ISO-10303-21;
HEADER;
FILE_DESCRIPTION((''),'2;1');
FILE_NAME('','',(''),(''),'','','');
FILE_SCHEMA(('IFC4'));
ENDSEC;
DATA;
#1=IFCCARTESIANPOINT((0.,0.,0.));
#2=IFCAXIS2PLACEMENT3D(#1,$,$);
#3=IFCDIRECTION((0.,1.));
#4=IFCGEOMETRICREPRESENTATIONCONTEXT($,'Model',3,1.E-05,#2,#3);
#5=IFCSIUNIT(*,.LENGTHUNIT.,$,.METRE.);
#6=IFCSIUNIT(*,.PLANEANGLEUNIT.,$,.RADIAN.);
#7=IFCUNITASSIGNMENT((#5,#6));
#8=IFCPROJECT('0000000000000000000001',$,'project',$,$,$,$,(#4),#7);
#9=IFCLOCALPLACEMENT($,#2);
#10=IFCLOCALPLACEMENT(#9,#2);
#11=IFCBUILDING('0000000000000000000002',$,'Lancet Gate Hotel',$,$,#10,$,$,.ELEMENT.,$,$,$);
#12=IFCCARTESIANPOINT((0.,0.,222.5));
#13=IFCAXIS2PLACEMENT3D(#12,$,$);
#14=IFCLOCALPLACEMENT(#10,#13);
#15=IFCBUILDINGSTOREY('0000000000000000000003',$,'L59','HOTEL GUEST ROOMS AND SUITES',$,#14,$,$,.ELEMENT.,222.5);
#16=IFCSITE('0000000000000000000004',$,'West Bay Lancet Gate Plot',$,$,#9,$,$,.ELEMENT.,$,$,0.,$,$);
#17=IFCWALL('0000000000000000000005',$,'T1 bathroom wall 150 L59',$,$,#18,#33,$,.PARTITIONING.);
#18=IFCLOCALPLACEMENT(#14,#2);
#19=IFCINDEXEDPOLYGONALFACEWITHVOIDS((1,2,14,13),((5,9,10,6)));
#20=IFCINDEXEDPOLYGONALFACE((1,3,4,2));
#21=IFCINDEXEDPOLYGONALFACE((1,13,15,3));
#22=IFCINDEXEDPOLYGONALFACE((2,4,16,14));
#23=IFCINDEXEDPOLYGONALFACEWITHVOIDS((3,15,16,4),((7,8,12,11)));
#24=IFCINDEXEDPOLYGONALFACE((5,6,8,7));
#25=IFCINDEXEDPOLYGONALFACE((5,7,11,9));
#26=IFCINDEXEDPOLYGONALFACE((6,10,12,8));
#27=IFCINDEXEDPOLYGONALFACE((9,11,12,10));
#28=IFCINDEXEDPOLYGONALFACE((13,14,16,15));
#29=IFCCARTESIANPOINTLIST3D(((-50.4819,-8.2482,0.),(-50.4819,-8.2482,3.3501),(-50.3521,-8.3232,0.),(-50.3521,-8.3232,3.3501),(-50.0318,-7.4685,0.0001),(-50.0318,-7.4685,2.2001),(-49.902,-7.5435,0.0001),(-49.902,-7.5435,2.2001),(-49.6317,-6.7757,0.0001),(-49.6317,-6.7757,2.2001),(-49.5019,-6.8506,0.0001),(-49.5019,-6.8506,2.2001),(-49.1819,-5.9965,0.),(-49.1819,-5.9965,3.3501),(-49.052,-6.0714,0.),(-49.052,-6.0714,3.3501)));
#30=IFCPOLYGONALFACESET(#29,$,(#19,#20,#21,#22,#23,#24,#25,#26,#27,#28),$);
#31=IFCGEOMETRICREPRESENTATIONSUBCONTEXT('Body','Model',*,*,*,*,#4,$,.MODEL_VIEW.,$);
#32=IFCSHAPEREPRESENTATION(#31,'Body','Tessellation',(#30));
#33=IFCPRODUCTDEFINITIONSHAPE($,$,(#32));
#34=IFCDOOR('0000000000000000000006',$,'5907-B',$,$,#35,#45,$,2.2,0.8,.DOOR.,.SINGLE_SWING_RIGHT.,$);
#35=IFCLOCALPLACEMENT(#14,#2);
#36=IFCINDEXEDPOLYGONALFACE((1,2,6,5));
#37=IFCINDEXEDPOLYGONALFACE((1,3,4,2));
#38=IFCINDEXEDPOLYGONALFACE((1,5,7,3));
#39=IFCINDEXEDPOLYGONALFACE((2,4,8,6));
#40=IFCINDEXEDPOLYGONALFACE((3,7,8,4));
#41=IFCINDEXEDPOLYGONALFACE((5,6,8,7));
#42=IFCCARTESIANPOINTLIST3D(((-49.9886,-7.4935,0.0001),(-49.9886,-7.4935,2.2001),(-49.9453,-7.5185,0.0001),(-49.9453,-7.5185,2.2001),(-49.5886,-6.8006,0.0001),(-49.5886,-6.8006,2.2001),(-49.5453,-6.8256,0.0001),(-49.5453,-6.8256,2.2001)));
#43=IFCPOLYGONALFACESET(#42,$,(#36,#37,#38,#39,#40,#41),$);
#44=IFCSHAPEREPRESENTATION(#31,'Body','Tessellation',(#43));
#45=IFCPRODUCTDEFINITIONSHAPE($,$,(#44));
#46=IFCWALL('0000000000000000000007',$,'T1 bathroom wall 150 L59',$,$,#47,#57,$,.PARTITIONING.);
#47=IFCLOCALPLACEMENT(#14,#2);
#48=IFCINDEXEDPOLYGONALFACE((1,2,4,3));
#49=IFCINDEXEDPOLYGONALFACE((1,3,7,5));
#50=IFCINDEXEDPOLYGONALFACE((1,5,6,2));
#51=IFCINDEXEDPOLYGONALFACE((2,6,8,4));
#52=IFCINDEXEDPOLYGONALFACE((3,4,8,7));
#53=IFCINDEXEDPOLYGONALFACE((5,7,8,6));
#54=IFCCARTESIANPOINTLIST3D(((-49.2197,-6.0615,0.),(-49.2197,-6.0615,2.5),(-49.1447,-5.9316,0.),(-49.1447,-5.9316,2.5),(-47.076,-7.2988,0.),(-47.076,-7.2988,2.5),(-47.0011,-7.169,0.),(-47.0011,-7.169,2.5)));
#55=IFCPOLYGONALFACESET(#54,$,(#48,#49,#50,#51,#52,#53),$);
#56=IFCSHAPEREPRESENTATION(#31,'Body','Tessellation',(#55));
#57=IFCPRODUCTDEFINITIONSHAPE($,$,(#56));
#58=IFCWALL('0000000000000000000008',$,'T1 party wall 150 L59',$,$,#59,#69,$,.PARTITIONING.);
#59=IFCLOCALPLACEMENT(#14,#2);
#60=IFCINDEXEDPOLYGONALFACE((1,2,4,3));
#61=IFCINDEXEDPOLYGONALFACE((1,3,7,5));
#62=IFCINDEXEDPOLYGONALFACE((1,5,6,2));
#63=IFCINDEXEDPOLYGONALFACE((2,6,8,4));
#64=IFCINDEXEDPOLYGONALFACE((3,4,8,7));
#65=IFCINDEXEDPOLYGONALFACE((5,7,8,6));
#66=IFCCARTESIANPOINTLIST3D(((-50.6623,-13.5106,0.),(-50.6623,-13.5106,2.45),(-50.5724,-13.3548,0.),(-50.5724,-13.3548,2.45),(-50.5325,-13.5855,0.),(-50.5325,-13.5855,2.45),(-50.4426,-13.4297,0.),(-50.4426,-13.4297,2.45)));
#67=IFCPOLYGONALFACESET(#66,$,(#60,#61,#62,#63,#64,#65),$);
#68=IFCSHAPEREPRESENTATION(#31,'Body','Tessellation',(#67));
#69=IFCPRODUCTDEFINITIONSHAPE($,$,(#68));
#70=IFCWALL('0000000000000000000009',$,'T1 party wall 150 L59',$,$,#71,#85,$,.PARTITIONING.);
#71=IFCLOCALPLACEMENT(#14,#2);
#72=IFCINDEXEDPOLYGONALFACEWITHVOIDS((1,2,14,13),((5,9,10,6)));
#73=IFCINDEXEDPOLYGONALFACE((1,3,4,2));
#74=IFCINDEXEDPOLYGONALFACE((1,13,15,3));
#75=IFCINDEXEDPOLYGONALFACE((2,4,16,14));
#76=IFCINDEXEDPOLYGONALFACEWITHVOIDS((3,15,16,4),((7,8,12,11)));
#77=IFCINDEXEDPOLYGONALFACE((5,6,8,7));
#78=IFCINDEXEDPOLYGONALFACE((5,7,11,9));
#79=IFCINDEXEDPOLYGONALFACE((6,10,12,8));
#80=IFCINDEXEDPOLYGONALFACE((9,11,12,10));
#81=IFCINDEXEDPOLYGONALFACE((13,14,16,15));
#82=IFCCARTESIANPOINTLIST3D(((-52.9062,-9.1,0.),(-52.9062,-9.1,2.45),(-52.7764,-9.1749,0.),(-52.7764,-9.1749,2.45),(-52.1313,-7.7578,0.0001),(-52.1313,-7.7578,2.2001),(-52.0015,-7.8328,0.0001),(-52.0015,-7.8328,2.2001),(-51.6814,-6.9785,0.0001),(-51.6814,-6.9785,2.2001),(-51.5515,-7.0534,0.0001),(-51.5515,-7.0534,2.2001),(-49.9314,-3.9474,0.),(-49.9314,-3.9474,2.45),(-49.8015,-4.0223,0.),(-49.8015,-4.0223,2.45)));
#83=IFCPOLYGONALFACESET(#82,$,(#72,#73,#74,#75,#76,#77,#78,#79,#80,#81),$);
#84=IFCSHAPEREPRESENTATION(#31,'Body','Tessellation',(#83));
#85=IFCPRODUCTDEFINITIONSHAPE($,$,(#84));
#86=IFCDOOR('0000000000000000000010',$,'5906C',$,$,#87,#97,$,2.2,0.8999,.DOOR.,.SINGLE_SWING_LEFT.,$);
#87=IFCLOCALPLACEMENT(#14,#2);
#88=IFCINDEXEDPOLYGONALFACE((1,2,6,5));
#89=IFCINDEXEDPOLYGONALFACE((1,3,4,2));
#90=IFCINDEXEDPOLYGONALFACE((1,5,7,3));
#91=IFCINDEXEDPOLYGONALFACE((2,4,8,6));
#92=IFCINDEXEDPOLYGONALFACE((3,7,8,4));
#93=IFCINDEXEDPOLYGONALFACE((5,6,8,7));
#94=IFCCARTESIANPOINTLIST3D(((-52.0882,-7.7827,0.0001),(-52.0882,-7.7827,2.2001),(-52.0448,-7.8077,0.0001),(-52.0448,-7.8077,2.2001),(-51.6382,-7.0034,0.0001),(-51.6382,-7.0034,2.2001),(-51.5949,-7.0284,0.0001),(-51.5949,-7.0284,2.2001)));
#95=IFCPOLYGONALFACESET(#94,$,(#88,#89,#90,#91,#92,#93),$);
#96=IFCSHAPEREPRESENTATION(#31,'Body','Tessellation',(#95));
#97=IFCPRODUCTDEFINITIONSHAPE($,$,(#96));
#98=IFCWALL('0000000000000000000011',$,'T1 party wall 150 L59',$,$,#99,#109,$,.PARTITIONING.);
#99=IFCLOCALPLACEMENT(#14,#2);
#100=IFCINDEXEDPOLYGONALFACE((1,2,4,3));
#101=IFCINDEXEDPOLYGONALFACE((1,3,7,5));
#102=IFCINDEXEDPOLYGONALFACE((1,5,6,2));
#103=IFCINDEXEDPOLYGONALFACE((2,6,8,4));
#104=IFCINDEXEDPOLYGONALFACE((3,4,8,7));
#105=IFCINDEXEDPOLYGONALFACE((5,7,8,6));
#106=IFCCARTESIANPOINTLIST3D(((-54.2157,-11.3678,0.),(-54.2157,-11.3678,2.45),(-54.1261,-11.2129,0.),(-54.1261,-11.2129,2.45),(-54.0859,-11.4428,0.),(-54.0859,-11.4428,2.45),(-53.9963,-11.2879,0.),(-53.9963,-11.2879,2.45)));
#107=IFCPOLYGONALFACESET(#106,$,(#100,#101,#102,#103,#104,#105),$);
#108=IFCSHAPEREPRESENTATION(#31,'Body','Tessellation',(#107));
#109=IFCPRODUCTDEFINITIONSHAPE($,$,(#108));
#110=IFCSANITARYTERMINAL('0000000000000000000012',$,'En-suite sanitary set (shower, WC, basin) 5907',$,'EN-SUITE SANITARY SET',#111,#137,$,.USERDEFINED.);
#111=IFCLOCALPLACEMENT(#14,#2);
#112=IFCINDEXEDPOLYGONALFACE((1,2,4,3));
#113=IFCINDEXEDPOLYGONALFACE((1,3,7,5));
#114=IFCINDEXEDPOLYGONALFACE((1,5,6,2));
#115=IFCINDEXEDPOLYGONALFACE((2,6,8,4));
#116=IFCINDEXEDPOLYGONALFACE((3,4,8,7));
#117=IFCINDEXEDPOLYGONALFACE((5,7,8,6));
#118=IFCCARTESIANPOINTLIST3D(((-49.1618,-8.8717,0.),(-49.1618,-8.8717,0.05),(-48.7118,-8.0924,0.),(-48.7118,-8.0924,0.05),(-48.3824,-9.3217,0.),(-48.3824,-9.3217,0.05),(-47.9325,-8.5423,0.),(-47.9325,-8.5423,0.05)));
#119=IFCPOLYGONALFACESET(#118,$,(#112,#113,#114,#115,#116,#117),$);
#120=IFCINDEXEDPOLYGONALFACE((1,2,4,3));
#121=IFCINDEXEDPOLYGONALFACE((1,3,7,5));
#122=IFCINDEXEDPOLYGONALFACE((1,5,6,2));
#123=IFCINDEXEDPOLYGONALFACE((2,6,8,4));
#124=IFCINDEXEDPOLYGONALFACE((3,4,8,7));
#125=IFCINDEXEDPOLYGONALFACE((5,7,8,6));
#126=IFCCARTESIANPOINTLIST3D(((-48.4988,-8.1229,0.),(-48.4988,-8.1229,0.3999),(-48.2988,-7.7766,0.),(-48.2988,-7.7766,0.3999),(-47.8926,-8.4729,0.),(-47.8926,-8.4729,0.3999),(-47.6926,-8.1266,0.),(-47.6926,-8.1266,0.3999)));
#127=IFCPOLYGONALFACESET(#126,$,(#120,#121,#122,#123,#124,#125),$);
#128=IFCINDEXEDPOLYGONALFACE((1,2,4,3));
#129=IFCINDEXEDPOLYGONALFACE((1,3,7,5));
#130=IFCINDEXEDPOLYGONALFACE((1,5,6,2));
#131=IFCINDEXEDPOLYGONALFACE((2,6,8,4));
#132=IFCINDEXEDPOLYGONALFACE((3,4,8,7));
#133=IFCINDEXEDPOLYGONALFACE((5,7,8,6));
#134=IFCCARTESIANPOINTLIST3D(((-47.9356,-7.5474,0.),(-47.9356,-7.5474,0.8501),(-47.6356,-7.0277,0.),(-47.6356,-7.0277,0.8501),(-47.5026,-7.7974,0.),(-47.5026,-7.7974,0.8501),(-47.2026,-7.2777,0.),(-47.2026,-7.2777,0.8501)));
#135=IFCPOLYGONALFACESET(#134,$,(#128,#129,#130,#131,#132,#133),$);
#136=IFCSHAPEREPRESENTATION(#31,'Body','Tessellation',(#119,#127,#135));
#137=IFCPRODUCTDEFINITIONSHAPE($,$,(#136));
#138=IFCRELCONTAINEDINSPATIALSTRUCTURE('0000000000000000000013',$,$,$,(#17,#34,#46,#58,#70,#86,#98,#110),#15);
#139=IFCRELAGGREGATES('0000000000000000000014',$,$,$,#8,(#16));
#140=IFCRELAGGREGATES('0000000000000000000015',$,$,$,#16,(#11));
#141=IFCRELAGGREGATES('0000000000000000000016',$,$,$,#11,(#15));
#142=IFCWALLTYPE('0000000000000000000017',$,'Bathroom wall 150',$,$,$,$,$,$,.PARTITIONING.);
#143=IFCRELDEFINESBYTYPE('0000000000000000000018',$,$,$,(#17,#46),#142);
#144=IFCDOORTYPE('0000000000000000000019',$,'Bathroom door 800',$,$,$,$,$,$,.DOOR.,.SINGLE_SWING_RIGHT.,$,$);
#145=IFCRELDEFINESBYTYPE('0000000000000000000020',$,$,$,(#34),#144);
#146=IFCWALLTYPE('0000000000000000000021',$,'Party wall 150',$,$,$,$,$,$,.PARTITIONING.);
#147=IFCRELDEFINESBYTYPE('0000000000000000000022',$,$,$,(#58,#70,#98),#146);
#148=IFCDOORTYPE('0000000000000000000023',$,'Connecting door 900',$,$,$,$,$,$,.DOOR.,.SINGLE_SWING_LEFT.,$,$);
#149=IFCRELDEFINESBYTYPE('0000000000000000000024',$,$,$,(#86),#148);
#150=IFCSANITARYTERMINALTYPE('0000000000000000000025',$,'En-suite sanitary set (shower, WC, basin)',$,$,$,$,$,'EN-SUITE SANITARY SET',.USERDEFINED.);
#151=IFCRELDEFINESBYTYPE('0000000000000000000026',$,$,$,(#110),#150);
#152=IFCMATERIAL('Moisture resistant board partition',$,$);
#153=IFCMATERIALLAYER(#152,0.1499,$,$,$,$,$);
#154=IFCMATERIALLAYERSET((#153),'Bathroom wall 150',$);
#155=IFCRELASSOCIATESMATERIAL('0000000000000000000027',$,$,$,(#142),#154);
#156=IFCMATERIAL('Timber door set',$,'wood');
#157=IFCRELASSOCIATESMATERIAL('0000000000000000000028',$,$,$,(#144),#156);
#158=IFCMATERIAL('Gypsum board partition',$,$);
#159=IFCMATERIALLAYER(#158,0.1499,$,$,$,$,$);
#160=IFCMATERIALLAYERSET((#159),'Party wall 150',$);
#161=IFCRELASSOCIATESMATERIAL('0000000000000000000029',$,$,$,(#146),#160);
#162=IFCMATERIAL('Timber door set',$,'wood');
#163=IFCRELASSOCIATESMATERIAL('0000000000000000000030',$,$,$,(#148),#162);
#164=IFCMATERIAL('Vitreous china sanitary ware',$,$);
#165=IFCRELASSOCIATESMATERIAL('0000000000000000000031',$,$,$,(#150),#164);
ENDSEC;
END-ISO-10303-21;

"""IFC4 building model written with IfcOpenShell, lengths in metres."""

from ifc_helpers import new_model, si_unit, direction, frame, frame_2d, origin, origin_2d, place, context, subcontext, project, spatial, rectangle, extrude, material, layer, layer_set, type_object, element, fill, save


model = new_model("IFC4")

# Units and contexts
model_context = context("Model", 3, precision=1e-05, world=origin(), true_north=direction((0.0, 1.0)))
body_context = subcontext(model_context, "Body", "Model", "MODEL_VIEW")
ifc_project = project(units=[si_unit("LENGTHUNIT", "METRE"), si_unit("PLANEANGLEUNIT", "RADIAN")], contexts=[model_context])

# Site, building, storey
site_placement = place(None, origin())
site = spatial("IfcSite", under=ifc_project, at=site_placement, Name="West Bay Lancet Gate Plot", CompositionType="ELEMENT", RefElevation=0.0)
building_placement = place(site_placement, origin())
building = spatial("IfcBuilding", under=site, at=building_placement, Name="Lancet Gate Hotel", CompositionType="ELEMENT")
storey_placement = place(building_placement, frame((0.0, 0.0, 222.5)))
storey = spatial("IfcBuildingStorey", under=building, at=storey_placement, Name="L59", Description="HOTEL GUEST ROOMS AND SUITES", CompositionType="ELEMENT", Elevation=222.5)

# Shared definitions
ifc_material_1 = material(Name="Moisture resistant board partition")
ifc_layer_1 = layer(ifc_material_1, 0.1499)
ifc_layer_set_1 = layer_set([ifc_layer_1], Name="Bathroom wall 150")
wall_type_1 = type_object("IfcWallType", Name="Bathroom wall 150", PredefinedType="PARTITIONING", material=ifc_layer_set_1)
ifc_material_2 = material(Name="Timber door set", Category="wood")
door_type_1 = type_object("IfcDoorType", Name="Bathroom door 800", OperationType="SINGLE_SWING_RIGHT", PredefinedType="DOOR", material=ifc_material_2)

# Wall, opening, door
wall_1_placement = place(storey_placement, frame((-49.1169, -6.0339, 0.0), z_axis=(0.0, 0.0, 1.0), x_axis=(-0.500007, -0.866021, 0.0)))
wall_1 = element("IfcWall", 1, at=wall_1_placement, inside=storey, type_object=wall_type_1, Name="T1 bathroom wall 150 L59", PredefinedType="PARTITIONING", context=body_context, shape_type="SweptSolid", body=[
    extrude(rectangle(XDim=2.6001, YDim=0.1499, at=frame_2d((1.3, 0.0))), origin(), (0.0, 0.0, 1.0), 3.3501),
])
opening_1_placement = place(wall_1_placement, frame((0.8999, 0.0, 0.0)))
opening_1 = element("IfcOpeningElement", 2, at=opening_1_placement, cuts=wall_1, PredefinedType="OPENING", context=body_context, shape_type="SweptSolid", body=[
    extrude(rectangle(XDim=0.8, YDim=2.2, at=frame_2d((0.3999, 1.1001))), frame((0.0, 0.085, 0.0), z_axis=(0.0, -1.0, 0.0), x_axis=(1.0, 0.0, 0.0)), (0.0, 0.0, 1.0), 0.1699),
])
door_1_placement = place(opening_1_placement, origin())
door_1 = element("IfcDoor", 3, at=door_1_placement, inside=storey, type_object=door_type_1, Name="5907-B", OperationType="SINGLE_SWING_RIGHT", OverallHeight=2.2, OverallWidth=0.8, PredefinedType="DOOR", context=body_context, shape_type="SweptSolid", body=[
    extrude(rectangle(XDim=0.8, YDim=2.2, at=frame_2d((0.3999, 1.1001))), frame((0.0, 0.0249, 0.0), z_axis=(0.0, -1.0, 0.0), x_axis=(1.0, 0.0, 0.0)), (0.0, 0.0, 1.0), 0.05),
])
fill(opening_1, door_1)

# Walls
wall_2_placement = place(storey_placement, frame((-47.0386, -7.2339, 0.0), z_axis=(0.0, 0.0, 1.0), x_axis=(-0.866074, 0.499916, 0.0)))
element("IfcWall", 4, at=wall_2_placement, inside=storey, type_object=wall_type_1, Name="T1 bathroom wall 150 L59", PredefinedType="PARTITIONING", context=body_context, shape_type="SweptSolid", body=[
    extrude(rectangle(XDim=2.4751, YDim=0.1499, at=frame_2d((1.2375, 0.0))), origin(), (0.0, 0.0, 1.0), 2.5),
])
ifc_material_3 = material(Name="Gypsum board partition")
ifc_layer_2 = layer(ifc_material_3, 0.1499)
ifc_layer_set_2 = layer_set([ifc_layer_2], Name="Party wall 150")
wall_type_2 = type_object("IfcWallType", Name="Party wall 150", PredefinedType="PARTITIONING", material=ifc_layer_set_2)
wall_3_placement = place(storey_placement, frame((-50.5076, -13.3923, 0.0), z_axis=(0.0, 0.0, 1.0), x_axis=(-0.499644, -0.866231, 0.0)))
element("IfcWall", 5, at=wall_3_placement, inside=storey, type_object=wall_type_2, Name="T1 party wall 150 L59", PredefinedType="PARTITIONING", context=body_context, shape_type="SweptSolid", body=[
    extrude(rectangle(XDim=0.1799, YDim=0.1499, at=frame_2d((0.0898, 0.0))), origin(), (0.0, 0.0, 1.0), 2.45),
])

# Wall, opening, door
wall_4_placement = place(storey_placement, frame((-49.8665, -3.9849, 0.0), z_axis=(0.0, 0.0, 1.0), x_axis=(-0.500001, -0.866025, 0.0)))
wall_4 = element("IfcWall", 6, at=wall_4_placement, inside=storey, type_object=wall_type_2, Name="T1 party wall 150 L59", PredefinedType="PARTITIONING", context=body_context, shape_type="SweptSolid", body=[
    extrude(rectangle(XDim=5.9497, YDim=0.1499, at=frame_2d((2.9749, 0.0))), origin(), (0.0, 0.0, 1.0), 2.45),
])
opening_2_placement = place(wall_4_placement, frame((3.5, 0.0, 0.0)))
opening_2 = element("IfcOpeningElement", 7, at=opening_2_placement, cuts=wall_4, PredefinedType="OPENING", context=body_context, shape_type="SweptSolid", body=[
    extrude(rectangle(XDim=0.8999, YDim=2.2, at=frame_2d((0.45, 1.1001))), frame((0.0, 0.085, 0.0), z_axis=(0.0, -1.0, 0.0), x_axis=(1.0, 0.0, 0.0)), (0.0, 0.0, 1.0), 0.1699),
])
ifc_material_4 = material(Name="Timber door set", Category="wood")
door_type_2 = type_object("IfcDoorType", Name="Connecting door 900", OperationType="SINGLE_SWING_LEFT", PredefinedType="DOOR", material=ifc_material_4)
door_2_placement = place(opening_2_placement, origin())
door_2 = element("IfcDoor", 8, at=door_2_placement, inside=storey, type_object=door_type_2, Name="5906C", OperationType="SINGLE_SWING_LEFT", OverallHeight=2.2, OverallWidth=0.8999, PredefinedType="DOOR", context=body_context, shape_type="SweptSolid", body=[
    extrude(rectangle(XDim=0.8999, YDim=2.2, at=frame_2d((0.45, 1.1001))), frame((0.0, 0.0249, 0.0), z_axis=(0.0, -1.0, 0.0), x_axis=(1.0, 0.0, 0.0)), (0.0, 0.0, 1.0), 0.05),
])
fill(opening_2, door_2)

# Wall
wall_5_placement = place(storey_placement, frame((-54.0613, -11.2505, 0.0), z_axis=(0.0, 0.0, 1.0), x_axis=(-0.500391, -0.865799, 0.0)))
element("IfcWall", 9, at=wall_5_placement, inside=storey, type_object=wall_type_2, Name="T1 party wall 150 L59", PredefinedType="PARTITIONING", context=body_context, shape_type="SweptSolid", body=[
    extrude(rectangle(XDim=0.179, YDim=0.1499, at=frame_2d((0.0894, 0.0))), origin(), (0.0, 0.0, 1.0), 2.45),
])

# Sanitary terminal
ifc_material_5 = material(Name="Vitreous china sanitary ware")
sanitary_terminal_type = type_object("IfcSanitaryTerminalType", Name="En-suite sanitary set (shower, WC, basin)", ElementType="EN-SUITE SANITARY SET", PredefinedType="USERDEFINED", material=ifc_material_5)
sanitary_terminal_placement = place(storey_placement, frame((-48.5471, -8.707, 0.0), z_axis=(0.0, 0.0, 1.0), x_axis=(1.0, 0.0, 0.0)))
element("IfcSanitaryTerminal", 10, at=sanitary_terminal_placement, inside=storey, type_object=sanitary_terminal_type, Name="En-suite sanitary set (shower, WC, basin) 5907", ObjectType="EN-SUITE SANITARY SET", PredefinedType="USERDEFINED", context=body_context, shape_type="SweptSolid", body=[
    extrude(rectangle(XDim=0.8999, YDim=0.8999, at=origin_2d()), frame((0.0, 0.0, 0.0), z_axis=(0.0, 0.0, 1.0), x_axis=(-0.5, -0.866025, 0.0)), (0.0, 0.0, 1.0), 0.05),
    extrude(rectangle(XDim=0.3999, YDim=0.7, at=origin_2d()), frame((0.4514, 0.5823, 0.0), z_axis=(0.0, 0.0, 1.0), x_axis=(-0.5, -0.866025, 0.0)), (0.0, 0.0, 1.0), 0.3999),
    extrude(rectangle(XDim=0.6001, YDim=0.5, at=origin_2d()), frame((0.978, 1.2944, 0.0), z_axis=(0.0, 0.0, 1.0), x_axis=(-0.5, -0.866025, 0.0)), (0.0, 0.0, 1.0), 0.8501),
])

save(model, "model.ifc")
